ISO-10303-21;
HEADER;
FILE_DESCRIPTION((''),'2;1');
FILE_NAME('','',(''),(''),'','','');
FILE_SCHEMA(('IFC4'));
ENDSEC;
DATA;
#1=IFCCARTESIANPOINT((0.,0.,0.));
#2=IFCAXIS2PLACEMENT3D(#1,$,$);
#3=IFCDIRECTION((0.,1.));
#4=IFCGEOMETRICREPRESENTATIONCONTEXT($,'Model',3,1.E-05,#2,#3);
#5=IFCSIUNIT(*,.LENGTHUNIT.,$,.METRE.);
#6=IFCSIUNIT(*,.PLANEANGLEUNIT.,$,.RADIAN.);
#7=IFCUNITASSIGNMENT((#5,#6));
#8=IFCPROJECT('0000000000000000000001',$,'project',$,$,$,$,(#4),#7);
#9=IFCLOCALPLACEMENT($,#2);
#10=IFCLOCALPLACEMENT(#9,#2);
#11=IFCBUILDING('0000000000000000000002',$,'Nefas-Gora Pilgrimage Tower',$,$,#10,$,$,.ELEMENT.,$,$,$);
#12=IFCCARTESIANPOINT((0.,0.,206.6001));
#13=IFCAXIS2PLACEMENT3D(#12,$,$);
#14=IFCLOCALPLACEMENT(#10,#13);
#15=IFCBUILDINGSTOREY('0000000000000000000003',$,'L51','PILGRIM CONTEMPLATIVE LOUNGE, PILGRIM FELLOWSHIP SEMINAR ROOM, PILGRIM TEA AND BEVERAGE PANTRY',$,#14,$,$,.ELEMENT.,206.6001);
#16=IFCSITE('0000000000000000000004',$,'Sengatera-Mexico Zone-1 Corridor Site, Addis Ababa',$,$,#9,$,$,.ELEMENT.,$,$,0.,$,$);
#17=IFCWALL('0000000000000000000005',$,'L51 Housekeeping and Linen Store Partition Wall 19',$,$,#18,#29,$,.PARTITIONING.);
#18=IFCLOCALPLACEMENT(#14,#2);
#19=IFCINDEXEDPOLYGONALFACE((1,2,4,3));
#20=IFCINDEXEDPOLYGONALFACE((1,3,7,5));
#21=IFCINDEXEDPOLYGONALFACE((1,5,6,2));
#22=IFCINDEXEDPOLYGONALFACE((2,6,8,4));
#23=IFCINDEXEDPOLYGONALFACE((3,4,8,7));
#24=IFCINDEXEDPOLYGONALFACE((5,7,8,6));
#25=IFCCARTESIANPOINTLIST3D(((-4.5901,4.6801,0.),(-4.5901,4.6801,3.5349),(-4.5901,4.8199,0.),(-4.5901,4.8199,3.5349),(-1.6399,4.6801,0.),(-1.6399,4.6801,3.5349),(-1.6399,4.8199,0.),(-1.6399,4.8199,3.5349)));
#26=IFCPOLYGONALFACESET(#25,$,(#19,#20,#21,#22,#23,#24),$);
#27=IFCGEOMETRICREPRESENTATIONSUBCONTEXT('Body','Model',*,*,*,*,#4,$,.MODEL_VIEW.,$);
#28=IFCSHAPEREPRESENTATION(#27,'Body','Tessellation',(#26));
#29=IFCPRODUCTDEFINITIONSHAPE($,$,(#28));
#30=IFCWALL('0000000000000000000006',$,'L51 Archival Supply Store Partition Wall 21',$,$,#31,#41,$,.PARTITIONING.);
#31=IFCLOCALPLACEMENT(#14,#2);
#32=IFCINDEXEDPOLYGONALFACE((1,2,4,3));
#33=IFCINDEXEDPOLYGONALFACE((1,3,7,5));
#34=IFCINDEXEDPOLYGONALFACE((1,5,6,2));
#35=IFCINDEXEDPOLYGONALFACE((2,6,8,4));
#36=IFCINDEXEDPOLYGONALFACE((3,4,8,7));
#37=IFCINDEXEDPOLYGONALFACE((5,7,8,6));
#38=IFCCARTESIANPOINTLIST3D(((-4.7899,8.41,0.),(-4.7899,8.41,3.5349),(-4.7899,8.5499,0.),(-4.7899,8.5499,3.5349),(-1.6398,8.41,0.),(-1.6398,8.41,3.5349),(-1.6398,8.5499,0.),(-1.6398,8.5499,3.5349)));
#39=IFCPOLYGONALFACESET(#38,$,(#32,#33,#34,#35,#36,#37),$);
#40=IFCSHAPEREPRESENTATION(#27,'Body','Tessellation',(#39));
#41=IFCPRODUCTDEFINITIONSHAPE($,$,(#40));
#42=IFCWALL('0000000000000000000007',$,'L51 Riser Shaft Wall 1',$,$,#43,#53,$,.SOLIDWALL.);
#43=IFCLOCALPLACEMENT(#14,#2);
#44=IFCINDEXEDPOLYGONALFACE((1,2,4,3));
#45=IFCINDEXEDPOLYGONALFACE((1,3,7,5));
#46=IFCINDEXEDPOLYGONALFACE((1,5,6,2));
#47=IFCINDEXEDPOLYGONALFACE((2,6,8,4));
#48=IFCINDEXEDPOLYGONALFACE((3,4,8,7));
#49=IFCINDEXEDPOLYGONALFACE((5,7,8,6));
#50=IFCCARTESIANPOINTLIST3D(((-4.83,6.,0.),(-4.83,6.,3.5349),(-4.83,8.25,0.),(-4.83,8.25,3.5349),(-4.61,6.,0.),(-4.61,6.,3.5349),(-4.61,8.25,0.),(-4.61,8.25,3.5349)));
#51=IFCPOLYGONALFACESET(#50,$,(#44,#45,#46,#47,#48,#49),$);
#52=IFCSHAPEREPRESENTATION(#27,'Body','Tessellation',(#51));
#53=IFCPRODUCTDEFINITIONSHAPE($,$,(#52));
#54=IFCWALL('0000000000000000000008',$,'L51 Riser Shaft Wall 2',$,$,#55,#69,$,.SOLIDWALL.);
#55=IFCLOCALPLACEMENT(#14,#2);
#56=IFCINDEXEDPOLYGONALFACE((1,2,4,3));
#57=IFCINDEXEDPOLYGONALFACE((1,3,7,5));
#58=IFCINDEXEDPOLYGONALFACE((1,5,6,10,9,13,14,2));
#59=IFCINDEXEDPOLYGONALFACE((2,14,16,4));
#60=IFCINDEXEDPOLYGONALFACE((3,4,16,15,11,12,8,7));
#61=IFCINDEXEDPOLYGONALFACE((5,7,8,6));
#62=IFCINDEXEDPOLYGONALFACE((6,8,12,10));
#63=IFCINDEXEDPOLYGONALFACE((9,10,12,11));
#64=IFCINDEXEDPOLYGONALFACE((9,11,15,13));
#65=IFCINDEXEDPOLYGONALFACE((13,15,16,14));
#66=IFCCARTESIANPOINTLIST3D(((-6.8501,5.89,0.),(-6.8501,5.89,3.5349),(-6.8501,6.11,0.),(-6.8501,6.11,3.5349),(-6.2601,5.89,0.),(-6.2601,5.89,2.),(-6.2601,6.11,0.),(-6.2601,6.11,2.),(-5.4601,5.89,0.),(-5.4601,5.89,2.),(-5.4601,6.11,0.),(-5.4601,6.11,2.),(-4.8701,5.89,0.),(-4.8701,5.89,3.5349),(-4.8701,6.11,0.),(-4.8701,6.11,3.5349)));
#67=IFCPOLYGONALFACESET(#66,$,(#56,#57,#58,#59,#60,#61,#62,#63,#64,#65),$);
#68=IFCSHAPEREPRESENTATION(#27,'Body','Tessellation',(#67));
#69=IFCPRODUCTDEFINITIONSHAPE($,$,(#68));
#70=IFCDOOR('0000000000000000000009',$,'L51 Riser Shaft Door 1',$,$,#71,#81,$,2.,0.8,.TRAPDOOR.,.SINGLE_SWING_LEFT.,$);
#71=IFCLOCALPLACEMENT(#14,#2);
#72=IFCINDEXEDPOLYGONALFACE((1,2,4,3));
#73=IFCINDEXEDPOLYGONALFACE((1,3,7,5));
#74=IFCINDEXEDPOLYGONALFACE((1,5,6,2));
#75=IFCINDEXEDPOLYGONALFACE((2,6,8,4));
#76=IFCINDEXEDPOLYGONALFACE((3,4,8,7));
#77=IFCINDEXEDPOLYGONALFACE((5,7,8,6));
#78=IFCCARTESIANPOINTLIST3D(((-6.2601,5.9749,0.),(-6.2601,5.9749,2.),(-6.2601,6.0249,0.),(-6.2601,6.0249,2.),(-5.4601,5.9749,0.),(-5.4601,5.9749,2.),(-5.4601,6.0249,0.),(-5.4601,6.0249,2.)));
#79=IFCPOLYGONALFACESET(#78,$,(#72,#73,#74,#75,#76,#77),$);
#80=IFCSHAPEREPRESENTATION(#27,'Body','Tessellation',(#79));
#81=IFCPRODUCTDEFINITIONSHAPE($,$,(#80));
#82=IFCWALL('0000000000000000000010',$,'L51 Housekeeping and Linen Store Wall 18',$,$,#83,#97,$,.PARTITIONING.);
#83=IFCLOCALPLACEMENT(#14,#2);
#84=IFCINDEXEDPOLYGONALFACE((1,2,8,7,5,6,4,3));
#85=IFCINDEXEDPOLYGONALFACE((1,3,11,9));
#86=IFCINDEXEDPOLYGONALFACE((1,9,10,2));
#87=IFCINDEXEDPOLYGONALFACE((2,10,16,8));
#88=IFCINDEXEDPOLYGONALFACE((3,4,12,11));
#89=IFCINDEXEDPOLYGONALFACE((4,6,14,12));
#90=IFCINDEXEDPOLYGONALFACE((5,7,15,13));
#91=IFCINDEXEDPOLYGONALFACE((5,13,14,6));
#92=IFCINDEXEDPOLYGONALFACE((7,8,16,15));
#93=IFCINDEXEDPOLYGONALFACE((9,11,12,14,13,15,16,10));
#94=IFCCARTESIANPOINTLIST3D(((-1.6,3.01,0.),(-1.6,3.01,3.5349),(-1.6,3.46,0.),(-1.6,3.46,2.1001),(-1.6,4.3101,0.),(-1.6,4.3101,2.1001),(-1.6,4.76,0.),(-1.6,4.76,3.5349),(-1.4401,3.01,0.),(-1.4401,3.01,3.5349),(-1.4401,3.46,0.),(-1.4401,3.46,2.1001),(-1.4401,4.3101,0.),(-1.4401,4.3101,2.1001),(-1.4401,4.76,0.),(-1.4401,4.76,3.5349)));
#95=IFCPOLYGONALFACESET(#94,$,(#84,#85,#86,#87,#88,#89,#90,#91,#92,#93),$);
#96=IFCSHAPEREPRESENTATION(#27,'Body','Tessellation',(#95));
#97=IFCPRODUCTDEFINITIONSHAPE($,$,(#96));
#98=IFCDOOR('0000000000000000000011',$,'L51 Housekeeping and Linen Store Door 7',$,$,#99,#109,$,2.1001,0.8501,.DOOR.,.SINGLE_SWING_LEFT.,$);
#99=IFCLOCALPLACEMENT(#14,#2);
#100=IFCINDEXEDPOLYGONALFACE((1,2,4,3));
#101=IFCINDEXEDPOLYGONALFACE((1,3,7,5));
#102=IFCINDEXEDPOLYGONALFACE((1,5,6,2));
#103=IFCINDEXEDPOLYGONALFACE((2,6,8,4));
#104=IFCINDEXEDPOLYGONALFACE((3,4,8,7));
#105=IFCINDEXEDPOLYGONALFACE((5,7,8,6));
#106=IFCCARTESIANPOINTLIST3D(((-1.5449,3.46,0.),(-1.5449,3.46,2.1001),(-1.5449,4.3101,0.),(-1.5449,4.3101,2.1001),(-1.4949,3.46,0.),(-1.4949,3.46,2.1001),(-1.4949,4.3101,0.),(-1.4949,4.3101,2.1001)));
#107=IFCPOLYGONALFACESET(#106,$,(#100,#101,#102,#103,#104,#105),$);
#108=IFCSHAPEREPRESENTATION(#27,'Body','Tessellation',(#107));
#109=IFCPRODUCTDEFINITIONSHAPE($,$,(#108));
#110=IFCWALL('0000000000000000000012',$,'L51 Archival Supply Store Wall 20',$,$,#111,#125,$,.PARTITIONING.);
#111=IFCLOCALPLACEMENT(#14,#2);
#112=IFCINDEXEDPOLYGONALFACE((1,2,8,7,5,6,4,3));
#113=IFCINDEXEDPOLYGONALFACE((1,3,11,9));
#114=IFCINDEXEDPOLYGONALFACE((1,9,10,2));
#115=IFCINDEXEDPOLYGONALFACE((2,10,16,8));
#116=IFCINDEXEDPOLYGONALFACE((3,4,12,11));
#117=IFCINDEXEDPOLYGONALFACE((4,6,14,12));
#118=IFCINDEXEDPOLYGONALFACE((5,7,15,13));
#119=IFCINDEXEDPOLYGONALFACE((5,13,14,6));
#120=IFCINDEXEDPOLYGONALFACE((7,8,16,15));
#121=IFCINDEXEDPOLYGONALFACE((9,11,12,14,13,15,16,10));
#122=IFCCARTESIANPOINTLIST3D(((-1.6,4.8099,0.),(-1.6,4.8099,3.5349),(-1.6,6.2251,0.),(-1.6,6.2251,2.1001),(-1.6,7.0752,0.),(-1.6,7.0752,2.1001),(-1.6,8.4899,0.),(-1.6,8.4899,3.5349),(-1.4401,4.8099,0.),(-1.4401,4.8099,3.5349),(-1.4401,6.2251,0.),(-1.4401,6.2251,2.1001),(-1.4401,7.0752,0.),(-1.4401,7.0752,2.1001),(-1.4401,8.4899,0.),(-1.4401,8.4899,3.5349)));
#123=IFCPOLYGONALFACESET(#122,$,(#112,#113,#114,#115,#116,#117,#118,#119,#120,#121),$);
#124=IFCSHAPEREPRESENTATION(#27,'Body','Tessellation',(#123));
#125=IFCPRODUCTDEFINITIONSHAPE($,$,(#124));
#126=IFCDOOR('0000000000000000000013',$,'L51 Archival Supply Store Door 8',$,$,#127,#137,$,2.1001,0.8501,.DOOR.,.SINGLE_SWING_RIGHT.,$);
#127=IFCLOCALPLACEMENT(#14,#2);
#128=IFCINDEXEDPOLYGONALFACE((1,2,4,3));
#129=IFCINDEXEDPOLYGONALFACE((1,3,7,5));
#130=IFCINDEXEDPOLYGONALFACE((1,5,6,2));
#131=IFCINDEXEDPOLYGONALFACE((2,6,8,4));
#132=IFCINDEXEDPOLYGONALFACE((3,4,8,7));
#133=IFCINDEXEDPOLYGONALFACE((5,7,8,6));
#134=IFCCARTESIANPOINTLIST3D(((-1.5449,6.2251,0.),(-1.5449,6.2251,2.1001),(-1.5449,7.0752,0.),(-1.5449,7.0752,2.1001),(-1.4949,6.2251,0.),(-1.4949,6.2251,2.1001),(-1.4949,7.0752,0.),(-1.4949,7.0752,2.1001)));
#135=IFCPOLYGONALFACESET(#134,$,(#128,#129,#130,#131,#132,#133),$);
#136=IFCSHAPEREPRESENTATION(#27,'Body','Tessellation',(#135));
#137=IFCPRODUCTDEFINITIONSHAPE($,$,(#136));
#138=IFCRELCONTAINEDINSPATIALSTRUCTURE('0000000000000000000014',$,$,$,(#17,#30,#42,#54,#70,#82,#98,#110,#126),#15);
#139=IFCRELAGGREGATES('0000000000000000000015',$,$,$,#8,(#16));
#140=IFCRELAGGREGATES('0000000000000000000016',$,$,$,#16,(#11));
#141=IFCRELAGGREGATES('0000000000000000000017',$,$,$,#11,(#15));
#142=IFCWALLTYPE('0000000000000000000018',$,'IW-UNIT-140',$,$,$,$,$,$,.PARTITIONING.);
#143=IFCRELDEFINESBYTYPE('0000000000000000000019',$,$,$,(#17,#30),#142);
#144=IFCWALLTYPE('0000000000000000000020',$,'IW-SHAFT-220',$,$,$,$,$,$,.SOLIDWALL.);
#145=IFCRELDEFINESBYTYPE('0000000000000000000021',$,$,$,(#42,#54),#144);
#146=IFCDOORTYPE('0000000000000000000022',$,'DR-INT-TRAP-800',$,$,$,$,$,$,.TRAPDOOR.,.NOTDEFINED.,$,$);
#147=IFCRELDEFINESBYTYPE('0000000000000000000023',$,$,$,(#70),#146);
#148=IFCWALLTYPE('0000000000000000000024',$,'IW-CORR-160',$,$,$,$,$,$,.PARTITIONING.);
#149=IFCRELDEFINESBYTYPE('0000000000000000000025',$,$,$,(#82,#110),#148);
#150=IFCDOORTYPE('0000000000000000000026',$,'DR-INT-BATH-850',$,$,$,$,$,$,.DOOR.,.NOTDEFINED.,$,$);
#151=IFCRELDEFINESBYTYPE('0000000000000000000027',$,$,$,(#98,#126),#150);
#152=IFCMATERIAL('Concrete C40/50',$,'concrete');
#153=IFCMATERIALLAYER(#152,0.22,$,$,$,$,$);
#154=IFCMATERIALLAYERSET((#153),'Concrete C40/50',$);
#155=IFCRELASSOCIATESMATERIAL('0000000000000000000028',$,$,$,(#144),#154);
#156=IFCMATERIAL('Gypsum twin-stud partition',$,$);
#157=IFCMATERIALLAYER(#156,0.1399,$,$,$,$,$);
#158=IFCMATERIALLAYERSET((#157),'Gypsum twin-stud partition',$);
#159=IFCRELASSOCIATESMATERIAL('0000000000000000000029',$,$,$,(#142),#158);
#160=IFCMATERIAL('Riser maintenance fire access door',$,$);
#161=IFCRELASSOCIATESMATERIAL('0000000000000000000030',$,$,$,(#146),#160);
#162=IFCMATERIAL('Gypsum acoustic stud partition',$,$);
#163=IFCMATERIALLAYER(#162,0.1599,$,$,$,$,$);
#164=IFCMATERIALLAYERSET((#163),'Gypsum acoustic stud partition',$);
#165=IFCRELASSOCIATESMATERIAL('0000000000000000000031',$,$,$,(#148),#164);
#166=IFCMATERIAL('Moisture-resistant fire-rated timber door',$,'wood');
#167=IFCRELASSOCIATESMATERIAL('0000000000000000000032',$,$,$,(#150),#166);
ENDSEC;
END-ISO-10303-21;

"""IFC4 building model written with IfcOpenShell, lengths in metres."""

from ifc_helpers import new_model, si_unit, direction, frame, frame_2d, origin, place, context, subcontext, project, spatial, rectangle, extrude, source, transform, mapped, material, layer, layer_set, type_object, element, fill, save


model = new_model("IFC4")

# Units and contexts
model_context = context("Model", 3, precision=1e-05, world=origin(), true_north=direction((0.0, 1.0)))
body_context = subcontext(model_context, "Body", "Model", "MODEL_VIEW")
ifc_project = project(units=[si_unit("LENGTHUNIT", "METRE"), si_unit("PLANEANGLEUNIT", "RADIAN")], contexts=[model_context])

# Site, building, storey
site_placement = place(None, origin())
site = spatial("IfcSite", under=ifc_project, at=site_placement, Name="Sengatera-Mexico Zone-1 Corridor Site, Addis Ababa", CompositionType="ELEMENT", RefElevation=0.0)
building_placement = place(site_placement, origin())
building = spatial("IfcBuilding", under=site, at=building_placement, Name="Nefas-Gora Pilgrimage Tower", CompositionType="ELEMENT")
storey_placement = place(building_placement, frame((0.0, 0.0, 206.6001)))
storey = spatial("IfcBuildingStorey", under=building, at=storey_placement, Name="L51", Description="PILGRIM CONTEMPLATIVE LOUNGE, PILGRIM FELLOWSHIP SEMINAR ROOM, PILGRIM TEA AND BEVERAGE PANTRY", CompositionType="ELEMENT", Elevation=206.6001)

# Shared definitions
ifc_material_1 = material(Name="Concrete C40/50", Category="concrete")
ifc_layer_1 = layer(ifc_material_1, 0.22)
ifc_layer_set_1 = layer_set([ifc_layer_1], Name="Concrete C40/50")
wall_type_1 = type_object("IfcWallType", Name="IW-SHAFT-220", PredefinedType="SOLIDWALL", material=ifc_layer_set_1)

# Walls
ifc_material_2 = material(Name="Gypsum twin-stud partition")
ifc_layer_2 = layer(ifc_material_2, 0.1399)
ifc_layer_set_2 = layer_set([ifc_layer_2], Name="Gypsum twin-stud partition")
wall_type_2 = type_object("IfcWallType", Name="IW-UNIT-140", PredefinedType="PARTITIONING", material=ifc_layer_set_2)
shared_shape_1 = source(origin(), body_context, "Body", "SweptSolid", [
    extrude(rectangle(XDim=2.9502, YDim=0.1399, at=frame_2d((1.4751, 0.0))), origin(), (0.0, 0.0, 1.0), 3.5349),
])
wall_1_placement = place(storey_placement, frame((-4.5901, 4.75, 0.0), z_axis=(0.0, 0.0, 1.0), x_axis=(1.0, 0.0, 0.0)))
element("IfcWall", 1, at=wall_1_placement, inside=storey, type_object=wall_type_2, Name="L51 Housekeeping and Linen Store Partition Wall 19", PredefinedType="PARTITIONING", context=body_context, shape_type="MappedRepresentation", body=[
    mapped(shared_shape_1, transform((0.0, 0.0, 0.0), x_axis=(1.0, 0.0, 0.0), y_axis=(0.0, 1.0, 0.0), z_axis=(0.0, 0.0, 1.0), scale=1.0)),
])
shared_shape_2 = source(origin(), body_context, "Body", "SweptSolid", [
    extrude(rectangle(XDim=3.1501, YDim=0.1399, at=frame_2d((1.5752, 0.0))), origin(), (0.0, 0.0, 1.0), 3.5349),
])
wall_2_placement = place(storey_placement, frame((-4.79, 8.48, 0.0), z_axis=(0.0, 0.0, 1.0), x_axis=(1.0, 0.0, 0.0)))
element("IfcWall", 2, at=wall_2_placement, inside=storey, type_object=wall_type_2, Name="L51 Archival Supply Store Partition Wall 21", PredefinedType="PARTITIONING", context=body_context, shape_type="MappedRepresentation", body=[
    mapped(shared_shape_2, transform((0.0, 0.0, 0.0), x_axis=(1.0, 0.0, 0.0), y_axis=(0.0, 1.0, 0.0), z_axis=(0.0, 0.0, 1.0), scale=1.0)),
])
shared_shape_3 = source(origin(), body_context, "Body", "SweptSolid", [
    extrude(rectangle(XDim=2.25, YDim=0.22, at=frame_2d((1.125, 0.0))), origin(), (0.0, 0.0, 1.0), 3.5349),
])
wall_3_placement = place(storey_placement, frame((-4.72, 6.0, 0.0), z_axis=(0.0, 0.0, 1.0), x_axis=(0.0, 1.0, 0.0)))
element("IfcWall", 3, at=wall_3_placement, inside=storey, type_object=wall_type_1, Name="L51 Riser Shaft Wall 1", PredefinedType="SOLIDWALL", context=body_context, shape_type="MappedRepresentation", body=[
    mapped(shared_shape_3, transform((0.0, 0.0, 0.0), x_axis=(1.0, 0.0, 0.0), y_axis=(0.0, 1.0, 0.0), z_axis=(0.0, 0.0, 1.0), scale=1.0)),
])

# Walls, openings, doors
shared_shape_4 = source(origin(), body_context, "Body", "SweptSolid", [
    extrude(rectangle(XDim=1.98, YDim=0.22, at=frame_2d((0.99, 0.0))), origin(), (0.0, 0.0, 1.0), 3.5349),
])
wall_4_placement = place(storey_placement, frame((-6.8501, 6.0, 0.0), z_axis=(0.0, 0.0, 1.0), x_axis=(1.0, 0.0, 0.0)))
wall_4 = element("IfcWall", 4, at=wall_4_placement, inside=storey, type_object=wall_type_1, Name="L51 Riser Shaft Wall 2", PredefinedType="SOLIDWALL", context=body_context, shape_type="MappedRepresentation", body=[
    mapped(shared_shape_4, transform((0.0, 0.0, 0.0), x_axis=(1.0, 0.0, 0.0), y_axis=(0.0, 1.0, 0.0), z_axis=(0.0, 0.0, 1.0), scale=1.0)),
])
opening_1_placement = place(wall_4_placement, frame((0.5901, 0.0, 0.0)))
opening_1 = element("IfcOpeningElement", 5, at=opening_1_placement, cuts=wall_4, PredefinedType="OPENING", context=body_context, shape_type="SweptSolid", body=[
    extrude(rectangle(XDim=0.8, YDim=2.0, at=frame_2d((0.3999, 1.0))), frame((0.0, 0.1199, 0.0), z_axis=(0.0, -1.0, 0.0), x_axis=(1.0, 0.0, 0.0)), (0.0, 0.0, 1.0), 0.24),
])
ifc_material_3 = material(Name="Riser maintenance fire access door")
door_type_1 = type_object("IfcDoorType", Name="DR-INT-TRAP-800", OperationType="NOTDEFINED", PredefinedType="TRAPDOOR", material=ifc_material_3)
shared_shape_5 = source(origin(), body_context, "Body", "SweptSolid", [
    extrude(rectangle(XDim=0.8, YDim=2.0, at=frame_2d((0.3999, 1.0))), frame((0.0, 0.0249, 0.0), z_axis=(0.0, -1.0, 0.0), x_axis=(1.0, 0.0, 0.0)), (0.0, 0.0, 1.0), 0.05),
])
door_1_placement = place(opening_1_placement, origin())
door_1 = element("IfcDoor", 6, at=door_1_placement, inside=storey, type_object=door_type_1, Name="L51 Riser Shaft Door 1", OperationType="SINGLE_SWING_LEFT", OverallHeight=2.0, OverallWidth=0.8, PredefinedType="TRAPDOOR", context=body_context, shape_type="MappedRepresentation", body=[
    mapped(shared_shape_5, transform((0.0, 0.0, 0.0), x_axis=(1.0, 0.0, 0.0), y_axis=(0.0, 1.0, 0.0), z_axis=(0.0, 0.0, 1.0), scale=1.0)),
])
fill(opening_1, door_1)
ifc_material_4 = material(Name="Gypsum acoustic stud partition")
ifc_layer_3 = layer(ifc_material_4, 0.1599)
ifc_layer_set_3 = layer_set([ifc_layer_3], Name="Gypsum acoustic stud partition")
wall_type_3 = type_object("IfcWallType", Name="IW-CORR-160", PredefinedType="PARTITIONING", material=ifc_layer_set_3)
shared_shape_6 = source(origin(), body_context, "Body", "SweptSolid", [
    extrude(rectangle(XDim=1.75, YDim=0.1599, at=frame_2d((0.875, 0.0))), origin(), (0.0, 0.0, 1.0), 3.5349),
])
wall_5_placement = place(storey_placement, frame((-1.52, 3.01, 0.0), z_axis=(0.0, 0.0, 1.0), x_axis=(0.0, 1.0, 0.0)))
wall_5 = element("IfcWall", 7, at=wall_5_placement, inside=storey, type_object=wall_type_3, Name="L51 Housekeeping and Linen Store Wall 18", PredefinedType="PARTITIONING", context=body_context, shape_type="MappedRepresentation", body=[
    mapped(shared_shape_6, transform((0.0, 0.0, 0.0), x_axis=(1.0, 0.0, 0.0), y_axis=(0.0, 1.0, 0.0), z_axis=(0.0, 0.0, 1.0), scale=1.0)),
])
opening_2_placement = place(wall_5_placement, frame((0.45, 0.0, 0.0)))
opening_2 = element("IfcOpeningElement", 8, at=opening_2_placement, cuts=wall_5, PredefinedType="OPENING", context=body_context, shape_type="SweptSolid", body=[
    extrude(rectangle(XDim=0.8501, YDim=2.1001, at=frame_2d((0.425, 1.05))), frame((0.0, 0.0898, 0.0), z_axis=(0.0, -1.0, 0.0), x_axis=(1.0, 0.0, 0.0)), (0.0, 0.0, 1.0), 0.1799),
])
ifc_material_5 = material(Name="Moisture-resistant fire-rated timber door", Category="wood")
door_type_2 = type_object("IfcDoorType", Name="DR-INT-BATH-850", OperationType="NOTDEFINED", PredefinedType="DOOR", material=ifc_material_5)
shared_shape_7 = source(origin(), body_context, "Body", "SweptSolid", [
    extrude(rectangle(XDim=0.8501, YDim=2.1001, at=frame_2d((0.425, 1.05))), frame((0.0, 0.0249, 0.0), z_axis=(0.0, -1.0, 0.0), x_axis=(1.0, 0.0, 0.0)), (0.0, 0.0, 1.0), 0.05),
])
door_2_placement = place(opening_2_placement, origin())
door_2 = element("IfcDoor", 9, at=door_2_placement, inside=storey, type_object=door_type_2, Name="L51 Housekeeping and Linen Store Door 7", OperationType="SINGLE_SWING_LEFT", OverallHeight=2.1001, OverallWidth=0.8501, PredefinedType="DOOR", context=body_context, shape_type="MappedRepresentation", body=[
    mapped(shared_shape_7, transform((0.0, 0.0, 0.0), x_axis=(1.0, 0.0, 0.0), y_axis=(0.0, 1.0, 0.0), z_axis=(0.0, 0.0, 1.0), scale=1.0)),
])
fill(opening_2, door_2)
shared_shape_8 = source(origin(), body_context, "Body", "SweptSolid", [
    extrude(rectangle(XDim=3.6799, YDim=0.1599, at=frame_2d((1.8398, 0.0))), origin(), (0.0, 0.0, 1.0), 3.5349),
])
wall_6_placement = place(storey_placement, frame((-1.52, 4.8101, 0.0), z_axis=(0.0, 0.0, 1.0), x_axis=(0.0, 1.0, 0.0)))
wall_6 = element("IfcWall", 10, at=wall_6_placement, inside=storey, type_object=wall_type_3, Name="L51 Archival Supply Store Wall 20", PredefinedType="PARTITIONING", context=body_context, shape_type="MappedRepresentation", body=[
    mapped(shared_shape_8, transform((0.0, 0.0, 0.0), x_axis=(1.0, 0.0, 0.0), y_axis=(0.0, 1.0, 0.0), z_axis=(0.0, 0.0, 1.0), scale=1.0)),
])
opening_3_placement = place(wall_6_placement, frame((1.415, 0.0, 0.0)))
opening_3 = element("IfcOpeningElement", 11, at=opening_3_placement, cuts=wall_6, PredefinedType="OPENING", context=body_context, shape_type="SweptSolid", body=[
    extrude(rectangle(XDim=0.8501, YDim=2.1001, at=frame_2d((0.425, 1.05))), frame((0.0, 0.0898, 0.0), z_axis=(0.0, -1.0, 0.0), x_axis=(1.0, 0.0, 0.0)), (0.0, 0.0, 1.0), 0.1799),
])
door_3_placement = place(opening_3_placement, origin())
door_3 = element("IfcDoor", 12, at=door_3_placement, inside=storey, type_object=door_type_2, Name="L51 Archival Supply Store Door 8", OperationType="SINGLE_SWING_RIGHT", OverallHeight=2.1001, OverallWidth=0.8501, PredefinedType="DOOR", context=body_context, shape_type="MappedRepresentation", body=[
    mapped(shared_shape_7, transform((0.0, 0.0, 0.0), x_axis=(1.0, 0.0, 0.0), y_axis=(0.0, 1.0, 0.0), z_axis=(0.0, 0.0, 1.0), scale=1.0)),
])
fill(opening_3, door_3)

save(model, "model.ifc")
